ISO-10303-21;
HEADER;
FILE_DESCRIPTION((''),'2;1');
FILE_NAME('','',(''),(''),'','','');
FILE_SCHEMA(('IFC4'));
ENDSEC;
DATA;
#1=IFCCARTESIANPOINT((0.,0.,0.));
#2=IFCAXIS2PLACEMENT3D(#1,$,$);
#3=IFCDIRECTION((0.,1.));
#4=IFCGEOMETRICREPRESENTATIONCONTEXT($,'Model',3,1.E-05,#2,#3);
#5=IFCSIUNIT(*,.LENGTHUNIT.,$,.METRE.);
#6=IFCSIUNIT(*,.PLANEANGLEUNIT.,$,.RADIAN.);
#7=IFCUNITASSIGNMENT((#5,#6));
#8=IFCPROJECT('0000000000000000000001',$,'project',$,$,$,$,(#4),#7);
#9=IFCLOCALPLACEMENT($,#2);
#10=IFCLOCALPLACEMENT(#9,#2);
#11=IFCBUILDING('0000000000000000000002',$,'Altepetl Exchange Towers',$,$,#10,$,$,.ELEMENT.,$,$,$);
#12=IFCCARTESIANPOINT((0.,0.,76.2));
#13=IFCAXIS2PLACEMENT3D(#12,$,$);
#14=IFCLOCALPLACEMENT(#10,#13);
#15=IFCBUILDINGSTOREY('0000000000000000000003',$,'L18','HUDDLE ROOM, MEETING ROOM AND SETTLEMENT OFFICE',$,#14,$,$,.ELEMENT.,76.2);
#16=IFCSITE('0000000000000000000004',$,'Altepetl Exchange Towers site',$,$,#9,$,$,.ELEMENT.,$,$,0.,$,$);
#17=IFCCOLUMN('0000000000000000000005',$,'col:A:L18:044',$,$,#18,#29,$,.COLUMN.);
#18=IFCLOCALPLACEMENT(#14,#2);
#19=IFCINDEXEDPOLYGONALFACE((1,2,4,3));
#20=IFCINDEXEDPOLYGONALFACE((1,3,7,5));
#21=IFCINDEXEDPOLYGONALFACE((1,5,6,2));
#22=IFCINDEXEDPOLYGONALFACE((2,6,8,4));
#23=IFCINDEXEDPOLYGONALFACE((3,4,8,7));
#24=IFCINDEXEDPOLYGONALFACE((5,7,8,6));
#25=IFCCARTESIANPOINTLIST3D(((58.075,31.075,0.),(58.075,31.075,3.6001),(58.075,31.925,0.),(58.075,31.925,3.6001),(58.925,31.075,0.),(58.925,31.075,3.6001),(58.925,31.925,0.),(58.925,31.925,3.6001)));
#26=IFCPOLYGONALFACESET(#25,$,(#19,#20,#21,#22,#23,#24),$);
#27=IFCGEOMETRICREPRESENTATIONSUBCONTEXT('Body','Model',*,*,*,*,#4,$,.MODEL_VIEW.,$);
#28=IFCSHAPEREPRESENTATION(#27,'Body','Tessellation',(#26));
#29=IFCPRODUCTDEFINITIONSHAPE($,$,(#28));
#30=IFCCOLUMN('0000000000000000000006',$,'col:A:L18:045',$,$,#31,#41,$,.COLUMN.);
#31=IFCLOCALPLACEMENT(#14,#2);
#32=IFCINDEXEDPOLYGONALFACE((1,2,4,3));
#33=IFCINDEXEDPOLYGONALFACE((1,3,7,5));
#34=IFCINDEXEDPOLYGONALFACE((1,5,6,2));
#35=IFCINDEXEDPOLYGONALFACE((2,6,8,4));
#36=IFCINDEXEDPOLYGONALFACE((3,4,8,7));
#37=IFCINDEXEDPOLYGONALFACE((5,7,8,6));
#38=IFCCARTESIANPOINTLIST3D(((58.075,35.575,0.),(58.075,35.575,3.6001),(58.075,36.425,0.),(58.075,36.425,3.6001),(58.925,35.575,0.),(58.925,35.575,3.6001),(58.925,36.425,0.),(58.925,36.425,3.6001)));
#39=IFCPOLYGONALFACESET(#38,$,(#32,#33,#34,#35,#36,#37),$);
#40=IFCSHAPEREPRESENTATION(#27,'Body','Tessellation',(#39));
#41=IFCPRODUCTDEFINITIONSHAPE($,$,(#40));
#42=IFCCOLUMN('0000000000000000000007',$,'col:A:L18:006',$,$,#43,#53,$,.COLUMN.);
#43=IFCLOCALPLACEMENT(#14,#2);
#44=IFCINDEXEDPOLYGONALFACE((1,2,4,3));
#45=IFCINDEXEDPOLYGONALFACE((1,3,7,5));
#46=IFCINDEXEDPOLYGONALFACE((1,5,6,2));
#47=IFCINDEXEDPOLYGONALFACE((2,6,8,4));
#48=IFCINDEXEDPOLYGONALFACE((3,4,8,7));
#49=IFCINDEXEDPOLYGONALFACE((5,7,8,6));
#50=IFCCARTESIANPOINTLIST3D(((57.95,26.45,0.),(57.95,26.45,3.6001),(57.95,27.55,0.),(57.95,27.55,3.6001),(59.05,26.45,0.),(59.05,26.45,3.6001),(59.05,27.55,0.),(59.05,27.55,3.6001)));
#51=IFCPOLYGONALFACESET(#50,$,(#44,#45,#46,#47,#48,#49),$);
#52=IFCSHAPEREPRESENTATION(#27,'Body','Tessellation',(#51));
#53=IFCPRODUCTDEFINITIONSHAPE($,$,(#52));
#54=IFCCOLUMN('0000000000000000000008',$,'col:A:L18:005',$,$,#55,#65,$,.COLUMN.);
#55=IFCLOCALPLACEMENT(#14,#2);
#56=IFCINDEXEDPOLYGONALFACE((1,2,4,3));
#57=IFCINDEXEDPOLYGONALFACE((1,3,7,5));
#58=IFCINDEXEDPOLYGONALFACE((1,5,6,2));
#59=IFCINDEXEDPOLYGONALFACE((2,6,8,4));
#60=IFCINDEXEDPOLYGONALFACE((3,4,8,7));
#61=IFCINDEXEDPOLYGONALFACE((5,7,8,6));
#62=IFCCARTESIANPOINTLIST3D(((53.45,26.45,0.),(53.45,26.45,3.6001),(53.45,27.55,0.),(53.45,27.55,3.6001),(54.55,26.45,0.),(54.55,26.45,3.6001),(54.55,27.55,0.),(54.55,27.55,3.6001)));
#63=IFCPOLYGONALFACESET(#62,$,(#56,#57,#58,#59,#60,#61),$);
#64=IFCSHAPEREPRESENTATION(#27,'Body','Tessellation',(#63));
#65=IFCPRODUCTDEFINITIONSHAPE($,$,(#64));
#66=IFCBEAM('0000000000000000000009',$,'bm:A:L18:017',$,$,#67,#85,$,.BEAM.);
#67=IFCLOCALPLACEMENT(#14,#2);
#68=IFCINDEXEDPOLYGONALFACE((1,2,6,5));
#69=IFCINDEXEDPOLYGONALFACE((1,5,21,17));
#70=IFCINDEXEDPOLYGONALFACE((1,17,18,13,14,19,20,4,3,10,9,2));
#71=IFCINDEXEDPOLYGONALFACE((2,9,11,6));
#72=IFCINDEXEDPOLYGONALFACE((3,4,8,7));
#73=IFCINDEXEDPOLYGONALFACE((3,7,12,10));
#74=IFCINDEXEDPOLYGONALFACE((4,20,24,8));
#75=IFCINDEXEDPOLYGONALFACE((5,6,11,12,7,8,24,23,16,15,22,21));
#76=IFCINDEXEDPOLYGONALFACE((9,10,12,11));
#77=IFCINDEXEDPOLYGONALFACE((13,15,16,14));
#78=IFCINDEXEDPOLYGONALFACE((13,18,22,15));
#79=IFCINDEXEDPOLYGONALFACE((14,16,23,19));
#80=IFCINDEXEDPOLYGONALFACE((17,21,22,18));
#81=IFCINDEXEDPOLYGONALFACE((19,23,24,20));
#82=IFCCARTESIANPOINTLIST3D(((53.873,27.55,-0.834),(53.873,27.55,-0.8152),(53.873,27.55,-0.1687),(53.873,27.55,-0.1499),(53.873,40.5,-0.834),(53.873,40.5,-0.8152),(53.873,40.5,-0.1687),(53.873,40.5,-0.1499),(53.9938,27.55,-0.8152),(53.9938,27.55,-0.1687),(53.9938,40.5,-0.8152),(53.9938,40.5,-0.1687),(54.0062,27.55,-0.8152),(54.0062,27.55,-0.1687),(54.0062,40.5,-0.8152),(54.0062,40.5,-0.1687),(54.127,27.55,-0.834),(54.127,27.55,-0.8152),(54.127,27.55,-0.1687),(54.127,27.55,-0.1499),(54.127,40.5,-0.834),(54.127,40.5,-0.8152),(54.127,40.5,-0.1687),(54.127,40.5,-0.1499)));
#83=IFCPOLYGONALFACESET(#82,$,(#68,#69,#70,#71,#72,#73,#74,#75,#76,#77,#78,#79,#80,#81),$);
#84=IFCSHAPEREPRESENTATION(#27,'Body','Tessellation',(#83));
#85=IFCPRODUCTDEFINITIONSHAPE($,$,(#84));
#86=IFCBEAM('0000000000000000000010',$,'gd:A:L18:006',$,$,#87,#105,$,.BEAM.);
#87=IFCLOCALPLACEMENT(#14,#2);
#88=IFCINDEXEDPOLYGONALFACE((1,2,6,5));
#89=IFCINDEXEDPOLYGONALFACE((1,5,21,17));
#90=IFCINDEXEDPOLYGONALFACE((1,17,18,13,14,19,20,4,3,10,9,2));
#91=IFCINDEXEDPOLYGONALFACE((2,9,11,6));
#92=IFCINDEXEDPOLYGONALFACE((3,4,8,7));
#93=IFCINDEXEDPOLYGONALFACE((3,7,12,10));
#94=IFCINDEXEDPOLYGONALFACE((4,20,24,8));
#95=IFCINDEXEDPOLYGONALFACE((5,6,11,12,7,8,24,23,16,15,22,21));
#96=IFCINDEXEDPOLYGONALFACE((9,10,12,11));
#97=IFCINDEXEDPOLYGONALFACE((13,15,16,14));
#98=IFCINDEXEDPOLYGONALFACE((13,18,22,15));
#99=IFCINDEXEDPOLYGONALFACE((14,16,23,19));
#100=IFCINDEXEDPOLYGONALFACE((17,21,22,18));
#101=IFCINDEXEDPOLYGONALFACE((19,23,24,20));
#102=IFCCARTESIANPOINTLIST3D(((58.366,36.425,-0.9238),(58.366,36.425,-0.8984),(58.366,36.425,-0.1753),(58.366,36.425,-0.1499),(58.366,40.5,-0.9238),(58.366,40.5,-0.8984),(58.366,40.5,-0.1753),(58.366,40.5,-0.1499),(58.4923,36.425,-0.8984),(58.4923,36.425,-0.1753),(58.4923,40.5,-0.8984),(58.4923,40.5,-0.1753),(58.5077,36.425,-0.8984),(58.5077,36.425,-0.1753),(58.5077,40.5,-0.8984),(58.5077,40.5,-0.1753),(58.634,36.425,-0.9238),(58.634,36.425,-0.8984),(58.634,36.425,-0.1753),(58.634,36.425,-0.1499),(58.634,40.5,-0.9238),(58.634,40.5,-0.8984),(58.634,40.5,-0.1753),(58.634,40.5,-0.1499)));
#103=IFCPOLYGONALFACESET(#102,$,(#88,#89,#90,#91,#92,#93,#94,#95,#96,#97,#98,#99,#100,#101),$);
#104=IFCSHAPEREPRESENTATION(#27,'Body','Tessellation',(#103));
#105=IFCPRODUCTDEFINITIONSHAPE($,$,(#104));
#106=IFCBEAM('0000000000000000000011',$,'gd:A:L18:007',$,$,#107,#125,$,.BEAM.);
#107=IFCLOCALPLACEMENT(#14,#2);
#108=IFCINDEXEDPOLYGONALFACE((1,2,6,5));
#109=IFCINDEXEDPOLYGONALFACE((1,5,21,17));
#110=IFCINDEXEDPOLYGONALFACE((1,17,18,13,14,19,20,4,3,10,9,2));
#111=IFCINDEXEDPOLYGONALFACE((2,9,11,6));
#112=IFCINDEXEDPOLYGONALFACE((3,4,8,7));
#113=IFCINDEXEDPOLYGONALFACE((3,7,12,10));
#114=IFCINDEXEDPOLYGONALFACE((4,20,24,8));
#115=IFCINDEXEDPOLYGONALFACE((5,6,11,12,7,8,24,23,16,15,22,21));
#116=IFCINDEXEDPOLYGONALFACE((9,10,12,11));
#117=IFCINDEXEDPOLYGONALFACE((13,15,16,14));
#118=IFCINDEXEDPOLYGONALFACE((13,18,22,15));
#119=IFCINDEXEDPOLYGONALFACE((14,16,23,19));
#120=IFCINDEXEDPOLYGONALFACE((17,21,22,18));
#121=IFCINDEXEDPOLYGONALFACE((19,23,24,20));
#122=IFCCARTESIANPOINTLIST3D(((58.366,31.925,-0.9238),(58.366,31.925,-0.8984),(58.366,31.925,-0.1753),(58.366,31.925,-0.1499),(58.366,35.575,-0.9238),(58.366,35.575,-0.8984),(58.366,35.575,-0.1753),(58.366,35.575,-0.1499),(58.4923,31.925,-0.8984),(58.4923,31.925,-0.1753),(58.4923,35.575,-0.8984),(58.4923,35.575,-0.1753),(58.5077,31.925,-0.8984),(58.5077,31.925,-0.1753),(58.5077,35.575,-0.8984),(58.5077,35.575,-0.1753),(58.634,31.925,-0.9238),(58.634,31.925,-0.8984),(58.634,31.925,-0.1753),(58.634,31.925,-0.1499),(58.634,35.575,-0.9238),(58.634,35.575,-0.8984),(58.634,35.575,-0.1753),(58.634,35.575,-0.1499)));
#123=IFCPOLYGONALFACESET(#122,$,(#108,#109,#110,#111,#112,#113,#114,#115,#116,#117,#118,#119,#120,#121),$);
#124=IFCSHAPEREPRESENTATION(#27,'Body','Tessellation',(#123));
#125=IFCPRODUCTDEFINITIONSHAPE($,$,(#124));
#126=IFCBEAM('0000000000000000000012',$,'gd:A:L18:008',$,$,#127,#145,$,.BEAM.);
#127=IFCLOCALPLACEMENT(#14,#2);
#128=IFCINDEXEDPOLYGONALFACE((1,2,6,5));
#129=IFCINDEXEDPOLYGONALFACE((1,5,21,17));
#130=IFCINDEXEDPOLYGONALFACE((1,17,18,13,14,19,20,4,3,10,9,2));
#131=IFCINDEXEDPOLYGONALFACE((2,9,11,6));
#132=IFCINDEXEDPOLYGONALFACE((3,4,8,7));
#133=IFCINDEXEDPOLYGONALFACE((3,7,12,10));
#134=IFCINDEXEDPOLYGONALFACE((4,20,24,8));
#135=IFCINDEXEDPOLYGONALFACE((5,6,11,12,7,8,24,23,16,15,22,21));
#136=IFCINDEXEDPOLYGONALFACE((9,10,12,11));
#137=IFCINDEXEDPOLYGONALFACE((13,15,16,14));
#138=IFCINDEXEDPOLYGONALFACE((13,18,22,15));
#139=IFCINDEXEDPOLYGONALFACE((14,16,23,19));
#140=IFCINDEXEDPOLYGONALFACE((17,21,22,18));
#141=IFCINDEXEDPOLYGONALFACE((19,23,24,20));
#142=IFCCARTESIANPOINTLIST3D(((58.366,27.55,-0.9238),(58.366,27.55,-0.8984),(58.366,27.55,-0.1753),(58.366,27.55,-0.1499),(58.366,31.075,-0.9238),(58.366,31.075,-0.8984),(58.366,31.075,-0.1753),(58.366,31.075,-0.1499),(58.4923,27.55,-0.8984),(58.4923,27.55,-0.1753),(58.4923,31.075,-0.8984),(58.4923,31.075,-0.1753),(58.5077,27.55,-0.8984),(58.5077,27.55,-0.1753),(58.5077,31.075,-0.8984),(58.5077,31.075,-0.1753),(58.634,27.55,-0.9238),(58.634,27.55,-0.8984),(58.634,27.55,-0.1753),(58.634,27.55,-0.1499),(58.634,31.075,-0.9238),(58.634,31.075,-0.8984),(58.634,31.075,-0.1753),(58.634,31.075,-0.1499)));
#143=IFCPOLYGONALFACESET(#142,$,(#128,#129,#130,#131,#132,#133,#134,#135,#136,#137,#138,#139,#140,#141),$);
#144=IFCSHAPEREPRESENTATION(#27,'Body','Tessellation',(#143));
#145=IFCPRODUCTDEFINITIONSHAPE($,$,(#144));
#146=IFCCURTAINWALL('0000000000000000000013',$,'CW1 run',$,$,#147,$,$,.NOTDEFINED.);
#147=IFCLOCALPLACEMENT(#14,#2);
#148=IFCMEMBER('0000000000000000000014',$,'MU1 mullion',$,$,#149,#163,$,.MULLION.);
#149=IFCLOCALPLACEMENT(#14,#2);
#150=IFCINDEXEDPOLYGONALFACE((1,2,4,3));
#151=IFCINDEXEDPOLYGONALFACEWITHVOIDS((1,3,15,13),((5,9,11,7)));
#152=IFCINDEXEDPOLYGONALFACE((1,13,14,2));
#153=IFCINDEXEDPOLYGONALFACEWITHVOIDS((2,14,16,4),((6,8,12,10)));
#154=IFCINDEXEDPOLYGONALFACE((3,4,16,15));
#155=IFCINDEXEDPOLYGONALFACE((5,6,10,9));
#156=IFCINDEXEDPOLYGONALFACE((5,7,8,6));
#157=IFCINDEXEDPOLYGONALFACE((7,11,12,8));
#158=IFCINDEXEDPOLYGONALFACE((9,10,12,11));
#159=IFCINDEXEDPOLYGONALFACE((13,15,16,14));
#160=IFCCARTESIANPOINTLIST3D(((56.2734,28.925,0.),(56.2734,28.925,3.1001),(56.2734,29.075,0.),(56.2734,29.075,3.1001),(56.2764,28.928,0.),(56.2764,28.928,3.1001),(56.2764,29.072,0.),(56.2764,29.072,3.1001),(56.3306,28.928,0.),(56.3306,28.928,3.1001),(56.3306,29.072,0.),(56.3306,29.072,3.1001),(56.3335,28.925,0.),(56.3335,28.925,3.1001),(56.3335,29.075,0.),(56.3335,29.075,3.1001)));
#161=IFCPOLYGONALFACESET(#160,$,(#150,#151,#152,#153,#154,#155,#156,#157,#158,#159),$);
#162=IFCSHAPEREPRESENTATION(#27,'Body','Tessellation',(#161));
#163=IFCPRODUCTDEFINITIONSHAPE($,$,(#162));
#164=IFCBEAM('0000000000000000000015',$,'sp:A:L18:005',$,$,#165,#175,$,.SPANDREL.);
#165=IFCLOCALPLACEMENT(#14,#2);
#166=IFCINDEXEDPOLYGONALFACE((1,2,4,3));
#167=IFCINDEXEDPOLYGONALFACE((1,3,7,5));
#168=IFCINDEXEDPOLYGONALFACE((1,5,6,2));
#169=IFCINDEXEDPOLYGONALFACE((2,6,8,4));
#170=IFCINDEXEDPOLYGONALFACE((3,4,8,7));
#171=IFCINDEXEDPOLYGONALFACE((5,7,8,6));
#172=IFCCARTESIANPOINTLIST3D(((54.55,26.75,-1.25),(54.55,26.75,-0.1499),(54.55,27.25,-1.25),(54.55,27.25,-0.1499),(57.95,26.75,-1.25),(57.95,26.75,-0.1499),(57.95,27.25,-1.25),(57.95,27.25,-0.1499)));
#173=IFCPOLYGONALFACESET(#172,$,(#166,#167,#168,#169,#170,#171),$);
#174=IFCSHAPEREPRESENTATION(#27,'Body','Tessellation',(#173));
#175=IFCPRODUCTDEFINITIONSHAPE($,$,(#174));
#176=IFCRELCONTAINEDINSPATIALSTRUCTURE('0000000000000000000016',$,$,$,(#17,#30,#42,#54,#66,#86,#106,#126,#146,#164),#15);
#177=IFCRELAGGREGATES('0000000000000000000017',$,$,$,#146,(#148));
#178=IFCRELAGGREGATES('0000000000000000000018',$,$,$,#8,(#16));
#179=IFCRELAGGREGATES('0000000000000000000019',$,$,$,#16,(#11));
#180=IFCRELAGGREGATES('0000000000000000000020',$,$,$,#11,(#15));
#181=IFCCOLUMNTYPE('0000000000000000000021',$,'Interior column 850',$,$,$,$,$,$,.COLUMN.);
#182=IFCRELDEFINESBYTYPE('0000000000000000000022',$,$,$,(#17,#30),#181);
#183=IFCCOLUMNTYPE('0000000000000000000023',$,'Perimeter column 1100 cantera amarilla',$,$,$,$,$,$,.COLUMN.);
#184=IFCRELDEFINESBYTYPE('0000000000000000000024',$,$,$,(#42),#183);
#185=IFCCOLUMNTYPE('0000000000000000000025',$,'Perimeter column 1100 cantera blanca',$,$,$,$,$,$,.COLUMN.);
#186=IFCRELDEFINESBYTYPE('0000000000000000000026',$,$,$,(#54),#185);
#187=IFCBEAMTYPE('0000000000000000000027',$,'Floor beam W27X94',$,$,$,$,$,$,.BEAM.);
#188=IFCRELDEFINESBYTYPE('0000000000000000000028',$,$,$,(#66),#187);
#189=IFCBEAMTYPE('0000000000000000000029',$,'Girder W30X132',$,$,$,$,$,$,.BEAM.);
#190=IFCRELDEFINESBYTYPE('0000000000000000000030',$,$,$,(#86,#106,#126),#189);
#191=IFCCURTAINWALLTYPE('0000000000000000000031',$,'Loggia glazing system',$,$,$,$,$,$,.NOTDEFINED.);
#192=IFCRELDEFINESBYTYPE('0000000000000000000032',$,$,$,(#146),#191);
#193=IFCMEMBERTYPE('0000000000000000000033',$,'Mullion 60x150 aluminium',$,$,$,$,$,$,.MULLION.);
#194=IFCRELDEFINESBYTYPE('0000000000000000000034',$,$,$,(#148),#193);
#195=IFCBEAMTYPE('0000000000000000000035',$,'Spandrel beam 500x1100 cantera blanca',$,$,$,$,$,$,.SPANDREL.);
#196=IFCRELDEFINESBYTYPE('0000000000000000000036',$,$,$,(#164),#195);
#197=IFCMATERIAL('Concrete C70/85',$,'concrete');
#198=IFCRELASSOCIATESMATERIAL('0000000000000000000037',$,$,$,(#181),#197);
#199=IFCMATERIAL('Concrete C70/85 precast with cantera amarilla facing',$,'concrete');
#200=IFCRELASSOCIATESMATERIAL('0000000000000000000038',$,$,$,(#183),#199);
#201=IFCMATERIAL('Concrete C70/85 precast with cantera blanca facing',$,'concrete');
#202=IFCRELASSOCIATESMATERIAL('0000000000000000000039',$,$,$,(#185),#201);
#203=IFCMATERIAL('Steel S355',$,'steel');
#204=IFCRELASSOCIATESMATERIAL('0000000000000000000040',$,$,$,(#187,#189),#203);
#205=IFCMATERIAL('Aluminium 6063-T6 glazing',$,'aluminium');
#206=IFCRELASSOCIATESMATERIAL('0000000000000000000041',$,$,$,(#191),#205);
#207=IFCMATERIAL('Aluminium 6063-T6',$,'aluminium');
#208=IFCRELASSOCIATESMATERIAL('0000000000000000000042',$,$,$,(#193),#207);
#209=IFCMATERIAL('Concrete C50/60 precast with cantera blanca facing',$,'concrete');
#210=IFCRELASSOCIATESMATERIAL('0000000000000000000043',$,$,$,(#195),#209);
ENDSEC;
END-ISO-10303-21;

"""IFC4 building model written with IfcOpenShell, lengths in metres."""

from ifc_helpers import new_model, si_unit, direction, frame, origin, origin_2d, place, context, subcontext, project, spatial, rectangle, hollow_rectangle, i_section, extrude, material, material_profile, profile_set, type_object, element, aggregate, save


model = new_model("IFC4")

# Units and contexts
model_context = context("Model", 3, precision=1e-05, world=origin(), true_north=direction((0.0, 1.0)))
body_context = subcontext(model_context, "Body", "Model", "MODEL_VIEW")
ifc_project = project(units=[si_unit("LENGTHUNIT", "METRE"), si_unit("PLANEANGLEUNIT", "RADIAN")], contexts=[model_context])

# Site, building, storey
site_placement = place(None, origin())
site = spatial("IfcSite", under=ifc_project, at=site_placement, Name="Altepetl Exchange Towers site", CompositionType="ELEMENT", RefElevation=0.0)
building_placement = place(site_placement, origin())
building = spatial("IfcBuilding", under=site, at=building_placement, Name="Altepetl Exchange Towers", CompositionType="ELEMENT")
storey_placement = place(building_placement, frame((0.0, 0.0, 76.2)))
storey = spatial("IfcBuildingStorey", under=building, at=storey_placement, Name="L18", Description="HUDDLE ROOM, MEETING ROOM AND SETTLEMENT OFFICE", CompositionType="ELEMENT", Elevation=76.2)

# Columns
ifc_material_1 = material(Name="Concrete C70/85", Category="concrete")
ifc_material_profile_1 = material_profile(ifc_material_1, rectangle(XDim=0.8501, YDim=0.8501, at=origin_2d()), Name="850 x 850")
ifc_profile_set_1 = profile_set([ifc_material_profile_1], Name="Concrete C70/85")
column_type_1 = type_object("IfcColumnType", Name="Interior column 850", PredefinedType="COLUMN", material=ifc_profile_set_1)
for number, where, name in (
    (1, (58.5, 31.5, 0.0), "col:A:L18:044"),
    (2, (58.5, 36.0, 0.0), "col:A:L18:045"),
):
    element("IfcColumn", number, at=place(storey_placement, frame(where)), inside=storey, type_object=column_type_1, Name=name, PredefinedType="COLUMN", context=body_context, shape_type="SweptSolid", body=[
        extrude(rectangle(XDim=0.8501, YDim=0.8501, at=origin_2d()), origin(), (0.0, 0.0, 1.0), 3.6001),
    ])
ifc_material_2 = material(Name="Concrete C70/85 precast with cantera amarilla facing", Category="concrete")
ifc_material_profile_2 = material_profile(ifc_material_2, rectangle(XDim=1.1001, YDim=1.1001, at=origin_2d()), Name="1100 x 1100")
ifc_profile_set_2 = profile_set([ifc_material_profile_2], Name="Concrete C70/85 precast with cantera amarilla facing")
column_type_2 = type_object("IfcColumnType", Name="Perimeter column 1100 cantera amarilla", PredefinedType="COLUMN", material=ifc_profile_set_2)
column_1_placement = place(storey_placement, frame((58.5, 27.0, 0.0)))
element("IfcColumn", 3, at=column_1_placement, inside=storey, type_object=column_type_2, Name="col:A:L18:006", PredefinedType="COLUMN", context=body_context, shape_type="SweptSolid", body=[
    extrude(rectangle(XDim=1.1001, YDim=1.1001, at=origin_2d()), origin(), (0.0, 0.0, 1.0), 3.6001),
])
ifc_material_3 = material(Name="Concrete C70/85 precast with cantera blanca facing", Category="concrete")
ifc_material_profile_3 = material_profile(ifc_material_3, rectangle(XDim=1.1001, YDim=1.1001, at=origin_2d()), Name="1100 x 1100")
ifc_profile_set_3 = profile_set([ifc_material_profile_3], Name="Concrete C70/85 precast with cantera blanca facing")
column_type_3 = type_object("IfcColumnType", Name="Perimeter column 1100 cantera blanca", PredefinedType="COLUMN", material=ifc_profile_set_3)
column_2_placement = place(storey_placement, frame((54.0, 27.0, 0.0)))
element("IfcColumn", 4, at=column_2_placement, inside=storey, type_object=column_type_3, Name="col:A:L18:005", PredefinedType="COLUMN", context=body_context, shape_type="SweptSolid", body=[
    extrude(rectangle(XDim=1.1001, YDim=1.1001, at=origin_2d()), origin(), (0.0, 0.0, 1.0), 3.6001),
])

# Beams
ifc_material_4 = material(Name="Steel S355", Category="steel")
ifc_material_profile_4 = material_profile(ifc_material_4, i_section(OverallWidth=0.2539, OverallDepth=0.6841, WebThickness=0.0125, FlangeThickness=0.0188, at=origin_2d()), Name="W27X94")
ifc_profile_set_4 = profile_set([ifc_material_profile_4], Name="Steel S355")
beam_type_1 = type_object("IfcBeamType", Name="Floor beam W27X94", PredefinedType="BEAM", material=ifc_profile_set_4)
beam_1_placement = place(storey_placement, frame((54.0, 27.55, -0.4919), z_axis=(0.0, 1.0, 0.0), x_axis=(-1.0, 0.0, 0.0)))
element("IfcBeam", 5, at=beam_1_placement, inside=storey, type_object=beam_type_1, Name="bm:A:L18:017", PredefinedType="BEAM", context=body_context, shape_type="SweptSolid", body=[
    extrude(i_section(OverallWidth=0.2539, OverallDepth=0.6841, WebThickness=0.0125, FlangeThickness=0.0188, at=origin_2d()), origin(), (0.0, 0.0, 1.0), 12.95),
])
ifc_material_profile_5 = material_profile(ifc_material_4, i_section(OverallWidth=0.2681, OverallDepth=0.7739, WebThickness=0.0154, FlangeThickness=0.0254, at=origin_2d()), Name="W30X132")
ifc_profile_set_5 = profile_set([ifc_material_profile_5], Name="Steel S355")
beam_type_2 = type_object("IfcBeamType", Name="Girder W30X132", PredefinedType="BEAM", material=ifc_profile_set_5)
beam_2_placement = place(storey_placement, frame((58.5, 40.5, -0.5369), z_axis=(0.0, -1.0, 0.0), x_axis=(1.0, 0.0, 0.0)))
element("IfcBeam", 6, at=beam_2_placement, inside=storey, type_object=beam_type_2, Name="gd:A:L18:006", PredefinedType="BEAM", context=body_context, shape_type="SweptSolid", body=[
    extrude(i_section(OverallWidth=0.2681, OverallDepth=0.7739, WebThickness=0.0154, FlangeThickness=0.0254, at=origin_2d()), origin(), (0.0, 0.0, 1.0), 4.075),
])
beam_3_placement = place(storey_placement, frame((58.5, 35.575, -0.5369), z_axis=(0.0, -1.0, 0.0), x_axis=(1.0, 0.0, 0.0)))
element("IfcBeam", 7, at=beam_3_placement, inside=storey, type_object=beam_type_2, Name="gd:A:L18:007", PredefinedType="BEAM", context=body_context, shape_type="SweptSolid", body=[
    extrude(i_section(OverallWidth=0.2681, OverallDepth=0.7739, WebThickness=0.0154, FlangeThickness=0.0254, at=origin_2d()), origin(), (0.0, 0.0, 1.0), 3.6499),
])
beam_4_placement = place(storey_placement, frame((58.5, 31.075, -0.5369), z_axis=(0.0, -1.0, 0.0), x_axis=(1.0, 0.0, 0.0)))
element("IfcBeam", 8, at=beam_4_placement, inside=storey, type_object=beam_type_2, Name="gd:A:L18:008", PredefinedType="BEAM", context=body_context, shape_type="SweptSolid", body=[
    extrude(i_section(OverallWidth=0.2681, OverallDepth=0.7739, WebThickness=0.0154, FlangeThickness=0.0254, at=origin_2d()), origin(), (0.0, 0.0, 1.0), 3.5249),
])

# Curtain wall, member
ifc_material_5 = material(Name="Aluminium 6063-T6 glazing", Category="aluminium")
curtain_wall_type = type_object("IfcCurtainWallType", Name="Loggia glazing system", PredefinedType="NOTDEFINED", material=ifc_material_5)
curtain_wall_placement = place(storey_placement, origin())
curtain_wall = element("IfcCurtainWall", 9, at=curtain_wall_placement, inside=storey, type_object=curtain_wall_type, Name="CW1 run", PredefinedType="NOTDEFINED")
ifc_material_6 = material(Name="Aluminium 6063-T6", Category="aluminium")
ifc_material_profile_6 = material_profile(ifc_material_6, hollow_rectangle(XDim=0.0601, YDim=0.1499, WallThickness=0.0029, at=origin_2d()), Name="Mullion 60x150 aluminium")
ifc_profile_set_6 = profile_set([ifc_material_profile_6], Name="Aluminium 6063-T6")
member_type = type_object("IfcMemberType", Name="Mullion 60x150 aluminium", PredefinedType="MULLION", material=ifc_profile_set_6)
member_placement = place(storey_placement, frame((56.3035, 29.0, 0.0)))
member = element("IfcMember", 10, at=member_placement, type_object=member_type, Name="MU1 mullion", PredefinedType="MULLION", context=body_context, shape_type="SweptSolid", body=[
    extrude(hollow_rectangle(XDim=0.0601, YDim=0.1499, WallThickness=0.0029, at=origin_2d()), origin(), (0.0, 0.0, 1.0), 3.1001),
])

# Beam
ifc_material_7 = material(Name="Concrete C50/60 precast with cantera blanca facing", Category="concrete")
ifc_material_profile_7 = material_profile(ifc_material_7, rectangle(XDim=0.5, YDim=1.1001, at=origin_2d()), Name="500 x 1100")
ifc_profile_set_7 = profile_set([ifc_material_profile_7], Name="Concrete C50/60 precast with cantera blanca facing")
beam_type_3 = type_object("IfcBeamType", Name="Spandrel beam 500x1100 cantera blanca", PredefinedType="SPANDREL", material=ifc_profile_set_7)
beam_5_placement = place(storey_placement, frame((54.55, 27.0, -0.7), z_axis=(1.0, 0.0, 0.0), x_axis=(0.0, 1.0, 0.0)))
element("IfcBeam", 11, at=beam_5_placement, inside=storey, type_object=beam_type_3, Name="sp:A:L18:005", PredefinedType="SPANDREL", context=body_context, shape_type="SweptSolid", body=[
    extrude(rectangle(XDim=0.5, YDim=1.1001, at=origin_2d()), origin(), (0.0, 0.0, 1.0), 3.3999),
])

aggregate(curtain_wall, [member])

save(model, "model.ifc")
